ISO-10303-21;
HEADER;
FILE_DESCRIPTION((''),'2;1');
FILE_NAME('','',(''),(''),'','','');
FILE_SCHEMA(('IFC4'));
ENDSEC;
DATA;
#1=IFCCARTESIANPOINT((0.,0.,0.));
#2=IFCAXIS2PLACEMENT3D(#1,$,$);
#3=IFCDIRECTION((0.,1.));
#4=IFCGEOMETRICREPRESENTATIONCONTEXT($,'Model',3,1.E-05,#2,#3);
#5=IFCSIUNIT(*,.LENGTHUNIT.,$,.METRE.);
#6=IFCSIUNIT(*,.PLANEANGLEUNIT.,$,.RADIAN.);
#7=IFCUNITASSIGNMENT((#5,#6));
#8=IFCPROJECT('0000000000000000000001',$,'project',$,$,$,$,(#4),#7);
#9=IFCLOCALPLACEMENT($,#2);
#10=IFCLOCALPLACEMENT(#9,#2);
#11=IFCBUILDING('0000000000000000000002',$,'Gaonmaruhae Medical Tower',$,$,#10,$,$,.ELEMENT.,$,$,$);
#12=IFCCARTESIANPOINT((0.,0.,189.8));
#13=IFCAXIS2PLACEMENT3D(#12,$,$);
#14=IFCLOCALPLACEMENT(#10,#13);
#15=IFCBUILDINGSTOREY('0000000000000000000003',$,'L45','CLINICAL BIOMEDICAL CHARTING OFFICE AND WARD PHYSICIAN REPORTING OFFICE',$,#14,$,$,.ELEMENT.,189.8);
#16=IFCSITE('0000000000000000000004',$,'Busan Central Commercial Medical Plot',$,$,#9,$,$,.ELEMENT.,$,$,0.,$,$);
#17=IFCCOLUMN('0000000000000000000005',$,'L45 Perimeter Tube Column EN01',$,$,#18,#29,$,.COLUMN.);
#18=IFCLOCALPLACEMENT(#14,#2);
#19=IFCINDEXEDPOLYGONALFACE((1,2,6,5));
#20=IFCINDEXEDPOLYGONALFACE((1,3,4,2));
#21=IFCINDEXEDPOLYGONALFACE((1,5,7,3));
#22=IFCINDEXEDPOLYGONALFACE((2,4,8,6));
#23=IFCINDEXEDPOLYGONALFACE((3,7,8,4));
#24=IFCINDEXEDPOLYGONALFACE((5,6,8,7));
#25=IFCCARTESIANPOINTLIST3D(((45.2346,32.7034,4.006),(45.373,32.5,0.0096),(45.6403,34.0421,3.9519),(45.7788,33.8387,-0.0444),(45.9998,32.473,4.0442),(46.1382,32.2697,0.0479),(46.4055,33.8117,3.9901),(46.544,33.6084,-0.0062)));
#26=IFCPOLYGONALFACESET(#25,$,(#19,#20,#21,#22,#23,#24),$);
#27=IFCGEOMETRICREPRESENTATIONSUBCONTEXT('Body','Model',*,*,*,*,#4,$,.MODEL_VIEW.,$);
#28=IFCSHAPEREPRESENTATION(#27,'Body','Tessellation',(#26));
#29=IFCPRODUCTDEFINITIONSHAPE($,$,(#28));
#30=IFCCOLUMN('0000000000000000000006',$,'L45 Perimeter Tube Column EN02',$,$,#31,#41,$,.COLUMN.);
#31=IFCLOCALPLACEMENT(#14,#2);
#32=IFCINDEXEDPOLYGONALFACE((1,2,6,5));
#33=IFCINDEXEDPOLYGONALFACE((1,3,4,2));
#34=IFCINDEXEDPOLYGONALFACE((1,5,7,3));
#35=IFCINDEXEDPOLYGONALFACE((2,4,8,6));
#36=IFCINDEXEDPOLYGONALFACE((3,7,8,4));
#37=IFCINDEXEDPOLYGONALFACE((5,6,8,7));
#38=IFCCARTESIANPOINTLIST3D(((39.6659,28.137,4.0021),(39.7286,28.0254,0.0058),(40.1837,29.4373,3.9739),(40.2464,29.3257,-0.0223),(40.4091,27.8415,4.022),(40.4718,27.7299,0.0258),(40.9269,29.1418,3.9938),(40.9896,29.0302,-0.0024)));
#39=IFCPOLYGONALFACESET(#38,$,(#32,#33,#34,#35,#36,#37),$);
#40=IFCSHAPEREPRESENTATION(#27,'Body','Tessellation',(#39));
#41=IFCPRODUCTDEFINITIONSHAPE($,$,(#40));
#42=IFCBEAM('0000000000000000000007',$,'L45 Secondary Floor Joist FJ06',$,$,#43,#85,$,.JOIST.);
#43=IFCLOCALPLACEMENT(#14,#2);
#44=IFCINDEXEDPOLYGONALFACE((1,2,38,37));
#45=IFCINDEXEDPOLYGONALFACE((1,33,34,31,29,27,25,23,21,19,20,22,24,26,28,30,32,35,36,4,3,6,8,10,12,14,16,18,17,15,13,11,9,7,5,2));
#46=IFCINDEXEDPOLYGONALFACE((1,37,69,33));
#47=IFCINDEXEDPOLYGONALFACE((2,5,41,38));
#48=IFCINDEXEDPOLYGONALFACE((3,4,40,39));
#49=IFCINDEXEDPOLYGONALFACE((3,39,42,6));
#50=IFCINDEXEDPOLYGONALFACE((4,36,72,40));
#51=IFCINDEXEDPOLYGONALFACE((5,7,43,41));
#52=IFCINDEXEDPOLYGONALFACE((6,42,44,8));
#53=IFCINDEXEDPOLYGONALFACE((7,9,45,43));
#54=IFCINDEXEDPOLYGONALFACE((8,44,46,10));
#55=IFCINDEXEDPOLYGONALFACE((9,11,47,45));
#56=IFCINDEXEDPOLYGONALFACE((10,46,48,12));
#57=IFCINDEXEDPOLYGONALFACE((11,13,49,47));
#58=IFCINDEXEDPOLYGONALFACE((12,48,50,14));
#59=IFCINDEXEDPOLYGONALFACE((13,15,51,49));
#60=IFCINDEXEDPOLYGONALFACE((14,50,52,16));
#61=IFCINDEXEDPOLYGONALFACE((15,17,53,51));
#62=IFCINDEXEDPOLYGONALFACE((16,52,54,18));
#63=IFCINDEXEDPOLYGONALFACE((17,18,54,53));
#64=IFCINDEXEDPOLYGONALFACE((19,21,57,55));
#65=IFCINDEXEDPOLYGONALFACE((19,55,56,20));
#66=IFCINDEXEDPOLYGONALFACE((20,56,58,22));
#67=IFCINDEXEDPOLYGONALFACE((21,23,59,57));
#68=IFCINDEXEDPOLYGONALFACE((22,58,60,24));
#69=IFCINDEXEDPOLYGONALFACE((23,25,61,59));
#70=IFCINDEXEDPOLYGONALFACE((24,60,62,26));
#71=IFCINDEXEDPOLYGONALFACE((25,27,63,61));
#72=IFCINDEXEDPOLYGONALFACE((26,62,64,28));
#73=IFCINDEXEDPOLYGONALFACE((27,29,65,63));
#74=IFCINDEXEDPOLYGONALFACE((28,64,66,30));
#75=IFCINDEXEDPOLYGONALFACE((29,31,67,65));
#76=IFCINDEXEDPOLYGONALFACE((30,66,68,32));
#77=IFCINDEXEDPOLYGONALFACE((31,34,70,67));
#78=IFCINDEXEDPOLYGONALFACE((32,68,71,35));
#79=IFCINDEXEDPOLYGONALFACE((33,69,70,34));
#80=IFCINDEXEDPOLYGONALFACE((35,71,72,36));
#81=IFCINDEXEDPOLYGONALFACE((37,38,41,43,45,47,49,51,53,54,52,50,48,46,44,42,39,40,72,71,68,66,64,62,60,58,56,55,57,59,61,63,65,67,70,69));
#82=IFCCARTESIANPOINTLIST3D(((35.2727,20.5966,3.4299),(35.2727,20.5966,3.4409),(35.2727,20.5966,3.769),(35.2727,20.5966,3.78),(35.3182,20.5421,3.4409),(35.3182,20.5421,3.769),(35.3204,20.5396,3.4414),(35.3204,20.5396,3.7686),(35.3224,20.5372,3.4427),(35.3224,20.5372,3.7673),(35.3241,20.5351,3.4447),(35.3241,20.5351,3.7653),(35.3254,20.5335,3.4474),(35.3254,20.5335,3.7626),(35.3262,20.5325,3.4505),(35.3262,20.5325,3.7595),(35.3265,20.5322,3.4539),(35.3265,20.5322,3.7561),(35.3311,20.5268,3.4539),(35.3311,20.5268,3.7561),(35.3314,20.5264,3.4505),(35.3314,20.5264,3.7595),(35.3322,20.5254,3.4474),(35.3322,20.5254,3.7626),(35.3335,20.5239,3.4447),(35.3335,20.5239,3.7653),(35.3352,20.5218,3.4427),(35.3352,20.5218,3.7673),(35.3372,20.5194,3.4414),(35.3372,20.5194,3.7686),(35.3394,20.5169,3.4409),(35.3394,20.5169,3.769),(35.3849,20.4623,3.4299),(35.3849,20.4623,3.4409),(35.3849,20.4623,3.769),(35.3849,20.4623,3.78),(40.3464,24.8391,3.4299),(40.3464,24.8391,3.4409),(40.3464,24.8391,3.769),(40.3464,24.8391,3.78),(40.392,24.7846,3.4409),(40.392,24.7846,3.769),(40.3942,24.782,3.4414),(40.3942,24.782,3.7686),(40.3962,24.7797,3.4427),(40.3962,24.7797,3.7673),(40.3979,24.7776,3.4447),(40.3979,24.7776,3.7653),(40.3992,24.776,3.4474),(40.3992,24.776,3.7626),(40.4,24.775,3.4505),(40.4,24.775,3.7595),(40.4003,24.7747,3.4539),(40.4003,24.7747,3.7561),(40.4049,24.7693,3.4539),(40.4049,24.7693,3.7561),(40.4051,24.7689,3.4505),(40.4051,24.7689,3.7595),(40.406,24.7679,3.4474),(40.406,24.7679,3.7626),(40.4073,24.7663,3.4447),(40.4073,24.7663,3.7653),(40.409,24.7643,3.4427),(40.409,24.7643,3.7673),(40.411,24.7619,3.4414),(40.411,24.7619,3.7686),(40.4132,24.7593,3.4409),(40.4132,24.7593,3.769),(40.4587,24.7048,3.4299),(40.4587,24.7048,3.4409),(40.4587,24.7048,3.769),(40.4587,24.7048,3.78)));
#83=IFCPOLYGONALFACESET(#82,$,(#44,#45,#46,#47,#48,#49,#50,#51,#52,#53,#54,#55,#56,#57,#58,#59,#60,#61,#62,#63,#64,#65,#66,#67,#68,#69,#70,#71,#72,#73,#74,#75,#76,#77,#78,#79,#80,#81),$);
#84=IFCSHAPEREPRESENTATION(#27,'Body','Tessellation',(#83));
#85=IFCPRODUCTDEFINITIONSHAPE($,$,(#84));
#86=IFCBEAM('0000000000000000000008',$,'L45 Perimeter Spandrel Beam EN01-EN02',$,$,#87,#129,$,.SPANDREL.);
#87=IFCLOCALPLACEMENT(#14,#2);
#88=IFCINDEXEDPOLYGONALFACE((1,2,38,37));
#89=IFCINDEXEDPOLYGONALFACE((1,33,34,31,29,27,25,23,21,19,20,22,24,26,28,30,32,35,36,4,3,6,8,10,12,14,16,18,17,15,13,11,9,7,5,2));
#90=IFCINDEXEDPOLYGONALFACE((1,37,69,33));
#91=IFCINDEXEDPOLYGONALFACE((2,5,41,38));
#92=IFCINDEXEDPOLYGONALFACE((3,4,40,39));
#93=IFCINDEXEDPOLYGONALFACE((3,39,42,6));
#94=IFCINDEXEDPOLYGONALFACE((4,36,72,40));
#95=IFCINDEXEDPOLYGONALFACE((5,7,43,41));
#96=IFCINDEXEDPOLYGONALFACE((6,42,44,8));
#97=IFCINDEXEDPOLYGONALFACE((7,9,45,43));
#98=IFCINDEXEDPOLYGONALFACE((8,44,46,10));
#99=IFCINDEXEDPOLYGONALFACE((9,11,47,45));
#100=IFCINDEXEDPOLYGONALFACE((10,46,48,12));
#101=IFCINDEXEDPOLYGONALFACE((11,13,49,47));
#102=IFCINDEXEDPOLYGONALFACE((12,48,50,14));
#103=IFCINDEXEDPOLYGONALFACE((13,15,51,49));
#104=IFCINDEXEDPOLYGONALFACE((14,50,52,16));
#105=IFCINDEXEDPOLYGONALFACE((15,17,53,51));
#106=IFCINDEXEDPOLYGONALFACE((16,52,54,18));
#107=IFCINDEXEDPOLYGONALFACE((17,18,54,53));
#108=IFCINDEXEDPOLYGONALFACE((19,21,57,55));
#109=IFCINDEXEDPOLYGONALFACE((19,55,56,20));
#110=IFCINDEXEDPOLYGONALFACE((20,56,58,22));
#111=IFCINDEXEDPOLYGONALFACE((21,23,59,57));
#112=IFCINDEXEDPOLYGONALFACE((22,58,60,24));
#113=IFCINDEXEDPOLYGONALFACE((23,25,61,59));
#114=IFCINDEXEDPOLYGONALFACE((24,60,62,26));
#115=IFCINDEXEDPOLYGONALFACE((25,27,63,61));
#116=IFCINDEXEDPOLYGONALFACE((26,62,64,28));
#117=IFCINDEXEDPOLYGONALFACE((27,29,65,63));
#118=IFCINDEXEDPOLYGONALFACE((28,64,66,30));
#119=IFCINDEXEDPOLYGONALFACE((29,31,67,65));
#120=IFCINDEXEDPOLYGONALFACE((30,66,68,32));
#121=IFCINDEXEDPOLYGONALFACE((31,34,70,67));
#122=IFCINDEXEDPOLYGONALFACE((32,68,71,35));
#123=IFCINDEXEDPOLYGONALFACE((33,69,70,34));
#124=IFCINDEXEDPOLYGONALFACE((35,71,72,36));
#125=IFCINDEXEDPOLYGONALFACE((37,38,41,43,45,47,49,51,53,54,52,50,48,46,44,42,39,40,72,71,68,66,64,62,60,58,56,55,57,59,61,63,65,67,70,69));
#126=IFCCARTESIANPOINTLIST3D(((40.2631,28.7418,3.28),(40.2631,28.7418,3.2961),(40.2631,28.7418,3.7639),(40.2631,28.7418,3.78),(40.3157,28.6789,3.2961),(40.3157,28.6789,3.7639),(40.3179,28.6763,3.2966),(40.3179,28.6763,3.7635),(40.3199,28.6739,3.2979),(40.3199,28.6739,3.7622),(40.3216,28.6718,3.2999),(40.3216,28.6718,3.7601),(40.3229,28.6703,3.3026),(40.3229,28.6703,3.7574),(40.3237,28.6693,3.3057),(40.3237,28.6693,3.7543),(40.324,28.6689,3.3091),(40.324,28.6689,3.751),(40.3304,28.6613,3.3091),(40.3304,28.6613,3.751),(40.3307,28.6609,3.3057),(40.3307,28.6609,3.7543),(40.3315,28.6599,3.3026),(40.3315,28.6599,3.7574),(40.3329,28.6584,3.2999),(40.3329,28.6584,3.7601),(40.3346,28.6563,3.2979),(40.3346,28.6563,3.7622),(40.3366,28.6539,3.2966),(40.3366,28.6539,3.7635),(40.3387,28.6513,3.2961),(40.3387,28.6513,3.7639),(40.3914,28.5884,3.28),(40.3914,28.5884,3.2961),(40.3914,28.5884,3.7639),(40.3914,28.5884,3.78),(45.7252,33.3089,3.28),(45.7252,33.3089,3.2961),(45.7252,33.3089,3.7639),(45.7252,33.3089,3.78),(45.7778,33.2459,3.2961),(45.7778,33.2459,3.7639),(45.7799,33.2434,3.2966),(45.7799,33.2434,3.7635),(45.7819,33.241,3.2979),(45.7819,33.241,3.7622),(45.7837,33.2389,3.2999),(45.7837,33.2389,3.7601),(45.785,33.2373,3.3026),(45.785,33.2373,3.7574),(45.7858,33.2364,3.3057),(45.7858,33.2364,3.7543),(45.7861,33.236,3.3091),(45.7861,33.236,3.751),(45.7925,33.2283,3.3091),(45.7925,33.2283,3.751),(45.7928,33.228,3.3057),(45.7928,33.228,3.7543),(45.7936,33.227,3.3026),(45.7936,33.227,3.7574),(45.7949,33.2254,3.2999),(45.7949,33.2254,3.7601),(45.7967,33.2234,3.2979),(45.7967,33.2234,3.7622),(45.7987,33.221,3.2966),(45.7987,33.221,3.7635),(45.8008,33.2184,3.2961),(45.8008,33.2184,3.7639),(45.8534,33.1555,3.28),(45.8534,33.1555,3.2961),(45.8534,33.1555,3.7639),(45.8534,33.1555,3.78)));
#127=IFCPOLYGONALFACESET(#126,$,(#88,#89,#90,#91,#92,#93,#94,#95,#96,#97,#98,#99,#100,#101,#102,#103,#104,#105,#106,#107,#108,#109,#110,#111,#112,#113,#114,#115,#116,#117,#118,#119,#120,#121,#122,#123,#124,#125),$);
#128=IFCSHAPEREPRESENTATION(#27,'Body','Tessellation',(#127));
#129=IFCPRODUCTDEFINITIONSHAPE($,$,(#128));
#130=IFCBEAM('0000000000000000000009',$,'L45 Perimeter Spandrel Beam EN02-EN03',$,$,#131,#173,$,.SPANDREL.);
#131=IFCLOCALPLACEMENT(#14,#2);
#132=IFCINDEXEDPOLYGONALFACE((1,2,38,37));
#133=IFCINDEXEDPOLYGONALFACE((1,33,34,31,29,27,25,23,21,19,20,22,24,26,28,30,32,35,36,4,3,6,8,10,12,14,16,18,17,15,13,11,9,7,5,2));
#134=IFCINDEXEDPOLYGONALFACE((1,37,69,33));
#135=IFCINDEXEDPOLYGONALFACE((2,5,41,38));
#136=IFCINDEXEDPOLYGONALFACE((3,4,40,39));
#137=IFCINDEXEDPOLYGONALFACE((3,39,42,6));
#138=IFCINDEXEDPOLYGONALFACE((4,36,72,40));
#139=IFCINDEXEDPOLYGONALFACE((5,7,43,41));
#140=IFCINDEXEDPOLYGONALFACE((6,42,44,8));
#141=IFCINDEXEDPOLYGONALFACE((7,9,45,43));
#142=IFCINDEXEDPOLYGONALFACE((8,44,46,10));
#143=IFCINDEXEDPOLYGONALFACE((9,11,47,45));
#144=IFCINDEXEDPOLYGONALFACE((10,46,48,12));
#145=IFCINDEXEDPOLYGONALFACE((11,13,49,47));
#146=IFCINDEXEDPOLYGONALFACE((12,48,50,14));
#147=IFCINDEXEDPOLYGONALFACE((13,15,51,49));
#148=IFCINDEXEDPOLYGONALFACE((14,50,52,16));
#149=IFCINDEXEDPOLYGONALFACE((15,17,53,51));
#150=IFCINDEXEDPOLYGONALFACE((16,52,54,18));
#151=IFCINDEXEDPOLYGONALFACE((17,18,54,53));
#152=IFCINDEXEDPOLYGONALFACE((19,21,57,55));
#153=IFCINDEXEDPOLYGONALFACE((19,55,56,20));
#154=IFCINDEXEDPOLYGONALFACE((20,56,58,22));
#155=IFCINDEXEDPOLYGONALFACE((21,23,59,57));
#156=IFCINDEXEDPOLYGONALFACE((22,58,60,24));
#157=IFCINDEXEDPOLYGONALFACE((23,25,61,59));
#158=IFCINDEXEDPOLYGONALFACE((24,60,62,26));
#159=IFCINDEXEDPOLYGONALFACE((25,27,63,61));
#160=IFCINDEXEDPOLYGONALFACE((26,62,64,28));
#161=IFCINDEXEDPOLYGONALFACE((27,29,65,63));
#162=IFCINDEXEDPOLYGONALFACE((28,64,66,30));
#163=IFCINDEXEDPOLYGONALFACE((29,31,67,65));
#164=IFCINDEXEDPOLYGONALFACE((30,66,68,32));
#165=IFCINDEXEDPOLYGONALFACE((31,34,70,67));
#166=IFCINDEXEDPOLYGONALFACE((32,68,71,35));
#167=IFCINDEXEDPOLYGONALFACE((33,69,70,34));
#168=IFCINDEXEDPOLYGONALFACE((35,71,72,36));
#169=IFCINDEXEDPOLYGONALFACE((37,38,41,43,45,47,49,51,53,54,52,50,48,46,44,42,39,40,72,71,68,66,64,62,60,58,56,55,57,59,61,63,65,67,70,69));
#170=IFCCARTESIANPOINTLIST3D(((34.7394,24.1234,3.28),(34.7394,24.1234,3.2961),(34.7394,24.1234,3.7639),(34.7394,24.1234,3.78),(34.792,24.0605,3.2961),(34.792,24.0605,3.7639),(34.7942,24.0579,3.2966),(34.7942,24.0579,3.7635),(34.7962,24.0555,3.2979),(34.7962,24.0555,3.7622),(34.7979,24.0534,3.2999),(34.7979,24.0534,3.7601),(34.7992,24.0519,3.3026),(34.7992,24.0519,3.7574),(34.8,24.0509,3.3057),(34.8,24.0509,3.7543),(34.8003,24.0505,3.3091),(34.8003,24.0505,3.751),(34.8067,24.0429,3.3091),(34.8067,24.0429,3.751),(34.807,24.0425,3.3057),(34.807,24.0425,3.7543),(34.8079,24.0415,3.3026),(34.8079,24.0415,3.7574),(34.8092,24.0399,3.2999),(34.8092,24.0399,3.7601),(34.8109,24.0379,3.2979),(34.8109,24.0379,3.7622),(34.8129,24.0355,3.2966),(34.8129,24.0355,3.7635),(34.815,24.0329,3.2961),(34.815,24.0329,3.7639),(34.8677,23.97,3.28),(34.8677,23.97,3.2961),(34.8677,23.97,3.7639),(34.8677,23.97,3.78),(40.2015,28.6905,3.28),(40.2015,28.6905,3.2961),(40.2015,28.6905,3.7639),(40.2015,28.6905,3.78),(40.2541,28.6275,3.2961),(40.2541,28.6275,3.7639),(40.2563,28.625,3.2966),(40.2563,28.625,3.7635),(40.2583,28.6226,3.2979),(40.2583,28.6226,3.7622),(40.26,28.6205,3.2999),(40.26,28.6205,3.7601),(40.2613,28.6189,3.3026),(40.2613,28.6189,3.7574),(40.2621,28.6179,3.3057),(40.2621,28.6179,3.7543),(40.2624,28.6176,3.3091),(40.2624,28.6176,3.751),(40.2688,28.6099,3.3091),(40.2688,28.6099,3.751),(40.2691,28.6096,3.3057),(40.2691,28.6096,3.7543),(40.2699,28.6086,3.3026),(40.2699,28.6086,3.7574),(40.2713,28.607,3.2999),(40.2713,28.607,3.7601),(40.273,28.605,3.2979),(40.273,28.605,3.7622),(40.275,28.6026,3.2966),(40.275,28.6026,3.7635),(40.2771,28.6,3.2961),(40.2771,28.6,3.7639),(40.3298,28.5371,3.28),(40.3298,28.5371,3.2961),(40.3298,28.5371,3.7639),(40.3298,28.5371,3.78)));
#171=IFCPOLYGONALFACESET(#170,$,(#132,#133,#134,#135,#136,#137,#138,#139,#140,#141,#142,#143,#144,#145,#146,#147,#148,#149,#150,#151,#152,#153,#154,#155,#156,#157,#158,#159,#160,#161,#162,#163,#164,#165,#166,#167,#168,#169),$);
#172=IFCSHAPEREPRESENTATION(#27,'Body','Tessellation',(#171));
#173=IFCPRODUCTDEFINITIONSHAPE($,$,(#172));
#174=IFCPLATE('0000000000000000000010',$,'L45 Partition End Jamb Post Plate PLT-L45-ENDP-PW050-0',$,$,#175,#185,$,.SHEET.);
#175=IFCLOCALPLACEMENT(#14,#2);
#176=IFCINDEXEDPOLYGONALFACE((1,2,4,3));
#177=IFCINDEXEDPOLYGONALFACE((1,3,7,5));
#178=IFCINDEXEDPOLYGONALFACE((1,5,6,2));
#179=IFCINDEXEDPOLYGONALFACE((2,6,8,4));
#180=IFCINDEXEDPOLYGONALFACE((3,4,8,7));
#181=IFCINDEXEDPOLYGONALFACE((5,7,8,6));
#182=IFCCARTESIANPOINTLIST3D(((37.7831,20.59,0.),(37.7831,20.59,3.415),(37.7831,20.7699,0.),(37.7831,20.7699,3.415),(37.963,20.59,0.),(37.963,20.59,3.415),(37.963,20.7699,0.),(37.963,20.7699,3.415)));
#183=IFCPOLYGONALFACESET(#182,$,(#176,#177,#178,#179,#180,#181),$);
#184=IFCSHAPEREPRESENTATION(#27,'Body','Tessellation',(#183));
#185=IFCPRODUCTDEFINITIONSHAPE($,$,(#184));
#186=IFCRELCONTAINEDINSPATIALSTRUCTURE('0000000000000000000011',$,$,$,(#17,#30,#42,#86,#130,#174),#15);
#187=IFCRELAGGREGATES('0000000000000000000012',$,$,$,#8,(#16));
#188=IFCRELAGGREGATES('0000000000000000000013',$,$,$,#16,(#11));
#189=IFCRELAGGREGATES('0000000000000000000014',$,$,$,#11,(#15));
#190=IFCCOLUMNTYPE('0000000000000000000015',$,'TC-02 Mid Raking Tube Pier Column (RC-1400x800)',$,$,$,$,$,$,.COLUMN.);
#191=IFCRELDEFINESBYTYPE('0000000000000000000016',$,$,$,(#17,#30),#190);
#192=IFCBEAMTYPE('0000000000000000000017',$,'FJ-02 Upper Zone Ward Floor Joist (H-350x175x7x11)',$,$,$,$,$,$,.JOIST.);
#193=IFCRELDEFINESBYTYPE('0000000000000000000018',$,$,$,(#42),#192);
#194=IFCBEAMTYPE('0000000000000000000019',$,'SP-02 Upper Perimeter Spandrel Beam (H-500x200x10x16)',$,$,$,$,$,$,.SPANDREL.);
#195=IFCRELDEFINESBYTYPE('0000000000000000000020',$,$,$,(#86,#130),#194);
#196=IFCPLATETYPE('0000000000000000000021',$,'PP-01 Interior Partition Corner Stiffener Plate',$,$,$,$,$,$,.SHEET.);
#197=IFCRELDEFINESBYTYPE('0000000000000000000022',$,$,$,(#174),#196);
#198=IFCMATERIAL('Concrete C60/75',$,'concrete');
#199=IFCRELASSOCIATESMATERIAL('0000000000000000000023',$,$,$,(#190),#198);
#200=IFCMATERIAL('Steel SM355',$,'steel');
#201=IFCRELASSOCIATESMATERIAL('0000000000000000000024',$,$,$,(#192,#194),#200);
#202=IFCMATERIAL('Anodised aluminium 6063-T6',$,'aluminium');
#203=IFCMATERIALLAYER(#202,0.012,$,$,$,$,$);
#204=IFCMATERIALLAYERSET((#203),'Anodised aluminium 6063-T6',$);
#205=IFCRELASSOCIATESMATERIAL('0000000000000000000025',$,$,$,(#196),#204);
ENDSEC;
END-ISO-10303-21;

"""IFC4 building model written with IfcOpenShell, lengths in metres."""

from ifc_helpers import new_model, si_unit, direction, frame, origin, origin_2d, place, context, subcontext, project, spatial, rectangle, i_section, extrude, material, layer, layer_set, material_profile, profile_set, type_object, element, save


model = new_model("IFC4")

# Units and contexts
model_context = context("Model", 3, precision=1e-05, world=origin(), true_north=direction((0.0, 1.0)))
body_context = subcontext(model_context, "Body", "Model", "MODEL_VIEW")
ifc_project = project(units=[si_unit("LENGTHUNIT", "METRE"), si_unit("PLANEANGLEUNIT", "RADIAN")], contexts=[model_context])

# Site, building, storey
site_placement = place(None, origin())
site = spatial("IfcSite", under=ifc_project, at=site_placement, Name="Busan Central Commercial Medical Plot", CompositionType="ELEMENT", RefElevation=0.0)
building_placement = place(site_placement, origin())
building = spatial("IfcBuilding", under=site, at=building_placement, Name="Gaonmaruhae Medical Tower", CompositionType="ELEMENT")
storey_placement = place(building_placement, frame((0.0, 0.0, 189.8)))
storey = spatial("IfcBuildingStorey", under=building, at=storey_placement, Name="L45", Description="CLINICAL BIOMEDICAL CHARTING OFFICE AND WARD PHYSICIAN REPORTING OFFICE", CompositionType="ELEMENT", Elevation=189.8)

# Columns
ifc_material_1 = material(Name="Concrete C60/75", Category="concrete")
ifc_material_profile_1 = material_profile(ifc_material_1, rectangle(XDim=1.3999, YDim=0.8, at=origin_2d()), Name="RC-1400x800")
ifc_profile_set_1 = profile_set([ifc_material_profile_1], Name="Concrete C60/75")
column_type = type_object("IfcColumnType", Name="TC-02 Mid Raking Tube Pier Column (RC-1400x800)", PredefinedType="COLUMN", material=ifc_profile_set_1)
column_1_placement = place(storey_placement, frame((45.9585, 33.0542, 0.0017), z_axis=(-0.034573, 0.050793, 0.998111), x_axis=(-0.289833, -0.956297, 0.038625)))
element("IfcColumn", 1, at=column_1_placement, inside=storey, type_object=column_type, Name="L45 Perimeter Tube Column EN01", PredefinedType="COLUMN", context=body_context, shape_type="SweptSolid", body=[
    extrude(rectangle(XDim=1.3999, YDim=0.8, at=origin_2d()), origin(), (0.0, 0.0, 1.0), 4.0039),
])
column_2_placement = place(storey_placement, frame((40.3591, 28.5278, 0.0017), z_axis=(-0.015692, 0.027904, 0.999487), x_axis=(-0.369876, -0.928863, 0.020125)))
element("IfcColumn", 2, at=column_2_placement, inside=storey, type_object=column_type, Name="L45 Perimeter Tube Column EN02", PredefinedType="COLUMN", context=body_context, shape_type="SweptSolid", body=[
    extrude(rectangle(XDim=1.3999, YDim=0.8, at=origin_2d()), origin(), (0.0, 0.0, 1.0), 3.9983),
])

# Beams
ifc_material_2 = material(Name="Steel SM355", Category="steel")
ifc_material_profile_2 = material_profile(ifc_material_2, i_section(OverallWidth=0.175, OverallDepth=0.3501, WebThickness=0.0071, FlangeThickness=0.011, FilletRadius=0.0129, at=origin_2d()), Name="H-350x175x7x11")
ifc_profile_set_2 = profile_set([ifc_material_profile_2], Name="Steel SM355")
beam_type_1 = type_object("IfcBeamType", Name="FJ-02 Upper Zone Ward Floor Joist (H-350x175x7x11)", PredefinedType="JOIST", material=ifc_profile_set_2)
beam_placement = place(storey_placement, frame((40.4026, 24.772, 3.605), z_axis=(-0.767155, -0.641462, 0.0), x_axis=(0.641462, -0.767155, 0.0)))
element("IfcBeam", 3, at=beam_placement, inside=storey, type_object=beam_type_1, Name="L45 Secondary Floor Joist FJ06", PredefinedType="JOIST", context=body_context, shape_type="SweptSolid", body=[
    extrude(i_section(OverallWidth=0.175, OverallDepth=0.3501, WebThickness=0.0071, FlangeThickness=0.011, FilletRadius=0.0129, at=origin_2d()), origin(), (0.0, 0.0, 1.0), 6.6138),
])
ifc_material_profile_3 = material_profile(ifc_material_2, i_section(OverallWidth=0.2, OverallDepth=0.5, WebThickness=0.01, FlangeThickness=0.0161, FilletRadius=0.0129, at=origin_2d()), Name="H-500x200x10x16")
ifc_profile_set_3 = profile_set([ifc_material_profile_3], Name="Steel SM355")
beam_type_2 = type_object("IfcBeamType", Name="SP-02 Upper Perimeter Spandrel Beam (H-500x200x10x16)", PredefinedType="SPANDREL", material=ifc_profile_set_3)
for number, where, z_axis, x_axis, name in (
    (4, (45.7893, 33.2322, 3.53), (-0.767161, -0.641455, 0.0), (0.641455, -0.767161, 0.0), "L45 Perimeter Spandrel Beam EN01-EN02"),
    (5, (40.2656, 28.6138, 3.53), (-0.767161, -0.641455, 0.0), (0.641455, -0.767161, 0.0), "L45 Perimeter Spandrel Beam EN02-EN03"),
):
    element("IfcBeam", number, at=place(storey_placement, frame(where, z_axis=z_axis, x_axis=x_axis)), inside=storey, type_object=beam_type_2, Name=name, PredefinedType="SPANDREL", context=body_context, shape_type="SweptSolid", body=[
        extrude(i_section(OverallWidth=0.2, OverallDepth=0.5, WebThickness=0.01, FlangeThickness=0.0161, FilletRadius=0.0129, at=origin_2d()), origin(), (0.0, 0.0, 1.0), 7.1199),
    ])

# Plate
ifc_material_3 = material(Name="Anodised aluminium 6063-T6", Category="aluminium")
ifc_layer_1 = layer(ifc_material_3, 0.012)
ifc_layer_set_1 = layer_set([ifc_layer_1], Name="Anodised aluminium 6063-T6")
plate_type = type_object("IfcPlateType", Name="PP-01 Interior Partition Corner Stiffener Plate", PredefinedType="SHEET", material=ifc_layer_set_1)
plate_1_placement = place(storey_placement, frame((37.873, 20.6799, 0.0), z_axis=(0.0, 0.0, 1.0), x_axis=(-1.0, 0.0, 0.0)))
element("IfcPlate", 6, at=plate_1_placement, inside=storey, type_object=plate_type, Name="L45 Partition End Jamb Post Plate PLT-L45-ENDP-PW050-0", PredefinedType="SHEET", context=body_context, shape_type="SweptSolid", body=[
    extrude(rectangle(XDim=0.1799, YDim=0.1799, at=origin_2d()), origin(), (0.0, 0.0, 1.0), 3.415),
])

save(model, "model.ifc")
